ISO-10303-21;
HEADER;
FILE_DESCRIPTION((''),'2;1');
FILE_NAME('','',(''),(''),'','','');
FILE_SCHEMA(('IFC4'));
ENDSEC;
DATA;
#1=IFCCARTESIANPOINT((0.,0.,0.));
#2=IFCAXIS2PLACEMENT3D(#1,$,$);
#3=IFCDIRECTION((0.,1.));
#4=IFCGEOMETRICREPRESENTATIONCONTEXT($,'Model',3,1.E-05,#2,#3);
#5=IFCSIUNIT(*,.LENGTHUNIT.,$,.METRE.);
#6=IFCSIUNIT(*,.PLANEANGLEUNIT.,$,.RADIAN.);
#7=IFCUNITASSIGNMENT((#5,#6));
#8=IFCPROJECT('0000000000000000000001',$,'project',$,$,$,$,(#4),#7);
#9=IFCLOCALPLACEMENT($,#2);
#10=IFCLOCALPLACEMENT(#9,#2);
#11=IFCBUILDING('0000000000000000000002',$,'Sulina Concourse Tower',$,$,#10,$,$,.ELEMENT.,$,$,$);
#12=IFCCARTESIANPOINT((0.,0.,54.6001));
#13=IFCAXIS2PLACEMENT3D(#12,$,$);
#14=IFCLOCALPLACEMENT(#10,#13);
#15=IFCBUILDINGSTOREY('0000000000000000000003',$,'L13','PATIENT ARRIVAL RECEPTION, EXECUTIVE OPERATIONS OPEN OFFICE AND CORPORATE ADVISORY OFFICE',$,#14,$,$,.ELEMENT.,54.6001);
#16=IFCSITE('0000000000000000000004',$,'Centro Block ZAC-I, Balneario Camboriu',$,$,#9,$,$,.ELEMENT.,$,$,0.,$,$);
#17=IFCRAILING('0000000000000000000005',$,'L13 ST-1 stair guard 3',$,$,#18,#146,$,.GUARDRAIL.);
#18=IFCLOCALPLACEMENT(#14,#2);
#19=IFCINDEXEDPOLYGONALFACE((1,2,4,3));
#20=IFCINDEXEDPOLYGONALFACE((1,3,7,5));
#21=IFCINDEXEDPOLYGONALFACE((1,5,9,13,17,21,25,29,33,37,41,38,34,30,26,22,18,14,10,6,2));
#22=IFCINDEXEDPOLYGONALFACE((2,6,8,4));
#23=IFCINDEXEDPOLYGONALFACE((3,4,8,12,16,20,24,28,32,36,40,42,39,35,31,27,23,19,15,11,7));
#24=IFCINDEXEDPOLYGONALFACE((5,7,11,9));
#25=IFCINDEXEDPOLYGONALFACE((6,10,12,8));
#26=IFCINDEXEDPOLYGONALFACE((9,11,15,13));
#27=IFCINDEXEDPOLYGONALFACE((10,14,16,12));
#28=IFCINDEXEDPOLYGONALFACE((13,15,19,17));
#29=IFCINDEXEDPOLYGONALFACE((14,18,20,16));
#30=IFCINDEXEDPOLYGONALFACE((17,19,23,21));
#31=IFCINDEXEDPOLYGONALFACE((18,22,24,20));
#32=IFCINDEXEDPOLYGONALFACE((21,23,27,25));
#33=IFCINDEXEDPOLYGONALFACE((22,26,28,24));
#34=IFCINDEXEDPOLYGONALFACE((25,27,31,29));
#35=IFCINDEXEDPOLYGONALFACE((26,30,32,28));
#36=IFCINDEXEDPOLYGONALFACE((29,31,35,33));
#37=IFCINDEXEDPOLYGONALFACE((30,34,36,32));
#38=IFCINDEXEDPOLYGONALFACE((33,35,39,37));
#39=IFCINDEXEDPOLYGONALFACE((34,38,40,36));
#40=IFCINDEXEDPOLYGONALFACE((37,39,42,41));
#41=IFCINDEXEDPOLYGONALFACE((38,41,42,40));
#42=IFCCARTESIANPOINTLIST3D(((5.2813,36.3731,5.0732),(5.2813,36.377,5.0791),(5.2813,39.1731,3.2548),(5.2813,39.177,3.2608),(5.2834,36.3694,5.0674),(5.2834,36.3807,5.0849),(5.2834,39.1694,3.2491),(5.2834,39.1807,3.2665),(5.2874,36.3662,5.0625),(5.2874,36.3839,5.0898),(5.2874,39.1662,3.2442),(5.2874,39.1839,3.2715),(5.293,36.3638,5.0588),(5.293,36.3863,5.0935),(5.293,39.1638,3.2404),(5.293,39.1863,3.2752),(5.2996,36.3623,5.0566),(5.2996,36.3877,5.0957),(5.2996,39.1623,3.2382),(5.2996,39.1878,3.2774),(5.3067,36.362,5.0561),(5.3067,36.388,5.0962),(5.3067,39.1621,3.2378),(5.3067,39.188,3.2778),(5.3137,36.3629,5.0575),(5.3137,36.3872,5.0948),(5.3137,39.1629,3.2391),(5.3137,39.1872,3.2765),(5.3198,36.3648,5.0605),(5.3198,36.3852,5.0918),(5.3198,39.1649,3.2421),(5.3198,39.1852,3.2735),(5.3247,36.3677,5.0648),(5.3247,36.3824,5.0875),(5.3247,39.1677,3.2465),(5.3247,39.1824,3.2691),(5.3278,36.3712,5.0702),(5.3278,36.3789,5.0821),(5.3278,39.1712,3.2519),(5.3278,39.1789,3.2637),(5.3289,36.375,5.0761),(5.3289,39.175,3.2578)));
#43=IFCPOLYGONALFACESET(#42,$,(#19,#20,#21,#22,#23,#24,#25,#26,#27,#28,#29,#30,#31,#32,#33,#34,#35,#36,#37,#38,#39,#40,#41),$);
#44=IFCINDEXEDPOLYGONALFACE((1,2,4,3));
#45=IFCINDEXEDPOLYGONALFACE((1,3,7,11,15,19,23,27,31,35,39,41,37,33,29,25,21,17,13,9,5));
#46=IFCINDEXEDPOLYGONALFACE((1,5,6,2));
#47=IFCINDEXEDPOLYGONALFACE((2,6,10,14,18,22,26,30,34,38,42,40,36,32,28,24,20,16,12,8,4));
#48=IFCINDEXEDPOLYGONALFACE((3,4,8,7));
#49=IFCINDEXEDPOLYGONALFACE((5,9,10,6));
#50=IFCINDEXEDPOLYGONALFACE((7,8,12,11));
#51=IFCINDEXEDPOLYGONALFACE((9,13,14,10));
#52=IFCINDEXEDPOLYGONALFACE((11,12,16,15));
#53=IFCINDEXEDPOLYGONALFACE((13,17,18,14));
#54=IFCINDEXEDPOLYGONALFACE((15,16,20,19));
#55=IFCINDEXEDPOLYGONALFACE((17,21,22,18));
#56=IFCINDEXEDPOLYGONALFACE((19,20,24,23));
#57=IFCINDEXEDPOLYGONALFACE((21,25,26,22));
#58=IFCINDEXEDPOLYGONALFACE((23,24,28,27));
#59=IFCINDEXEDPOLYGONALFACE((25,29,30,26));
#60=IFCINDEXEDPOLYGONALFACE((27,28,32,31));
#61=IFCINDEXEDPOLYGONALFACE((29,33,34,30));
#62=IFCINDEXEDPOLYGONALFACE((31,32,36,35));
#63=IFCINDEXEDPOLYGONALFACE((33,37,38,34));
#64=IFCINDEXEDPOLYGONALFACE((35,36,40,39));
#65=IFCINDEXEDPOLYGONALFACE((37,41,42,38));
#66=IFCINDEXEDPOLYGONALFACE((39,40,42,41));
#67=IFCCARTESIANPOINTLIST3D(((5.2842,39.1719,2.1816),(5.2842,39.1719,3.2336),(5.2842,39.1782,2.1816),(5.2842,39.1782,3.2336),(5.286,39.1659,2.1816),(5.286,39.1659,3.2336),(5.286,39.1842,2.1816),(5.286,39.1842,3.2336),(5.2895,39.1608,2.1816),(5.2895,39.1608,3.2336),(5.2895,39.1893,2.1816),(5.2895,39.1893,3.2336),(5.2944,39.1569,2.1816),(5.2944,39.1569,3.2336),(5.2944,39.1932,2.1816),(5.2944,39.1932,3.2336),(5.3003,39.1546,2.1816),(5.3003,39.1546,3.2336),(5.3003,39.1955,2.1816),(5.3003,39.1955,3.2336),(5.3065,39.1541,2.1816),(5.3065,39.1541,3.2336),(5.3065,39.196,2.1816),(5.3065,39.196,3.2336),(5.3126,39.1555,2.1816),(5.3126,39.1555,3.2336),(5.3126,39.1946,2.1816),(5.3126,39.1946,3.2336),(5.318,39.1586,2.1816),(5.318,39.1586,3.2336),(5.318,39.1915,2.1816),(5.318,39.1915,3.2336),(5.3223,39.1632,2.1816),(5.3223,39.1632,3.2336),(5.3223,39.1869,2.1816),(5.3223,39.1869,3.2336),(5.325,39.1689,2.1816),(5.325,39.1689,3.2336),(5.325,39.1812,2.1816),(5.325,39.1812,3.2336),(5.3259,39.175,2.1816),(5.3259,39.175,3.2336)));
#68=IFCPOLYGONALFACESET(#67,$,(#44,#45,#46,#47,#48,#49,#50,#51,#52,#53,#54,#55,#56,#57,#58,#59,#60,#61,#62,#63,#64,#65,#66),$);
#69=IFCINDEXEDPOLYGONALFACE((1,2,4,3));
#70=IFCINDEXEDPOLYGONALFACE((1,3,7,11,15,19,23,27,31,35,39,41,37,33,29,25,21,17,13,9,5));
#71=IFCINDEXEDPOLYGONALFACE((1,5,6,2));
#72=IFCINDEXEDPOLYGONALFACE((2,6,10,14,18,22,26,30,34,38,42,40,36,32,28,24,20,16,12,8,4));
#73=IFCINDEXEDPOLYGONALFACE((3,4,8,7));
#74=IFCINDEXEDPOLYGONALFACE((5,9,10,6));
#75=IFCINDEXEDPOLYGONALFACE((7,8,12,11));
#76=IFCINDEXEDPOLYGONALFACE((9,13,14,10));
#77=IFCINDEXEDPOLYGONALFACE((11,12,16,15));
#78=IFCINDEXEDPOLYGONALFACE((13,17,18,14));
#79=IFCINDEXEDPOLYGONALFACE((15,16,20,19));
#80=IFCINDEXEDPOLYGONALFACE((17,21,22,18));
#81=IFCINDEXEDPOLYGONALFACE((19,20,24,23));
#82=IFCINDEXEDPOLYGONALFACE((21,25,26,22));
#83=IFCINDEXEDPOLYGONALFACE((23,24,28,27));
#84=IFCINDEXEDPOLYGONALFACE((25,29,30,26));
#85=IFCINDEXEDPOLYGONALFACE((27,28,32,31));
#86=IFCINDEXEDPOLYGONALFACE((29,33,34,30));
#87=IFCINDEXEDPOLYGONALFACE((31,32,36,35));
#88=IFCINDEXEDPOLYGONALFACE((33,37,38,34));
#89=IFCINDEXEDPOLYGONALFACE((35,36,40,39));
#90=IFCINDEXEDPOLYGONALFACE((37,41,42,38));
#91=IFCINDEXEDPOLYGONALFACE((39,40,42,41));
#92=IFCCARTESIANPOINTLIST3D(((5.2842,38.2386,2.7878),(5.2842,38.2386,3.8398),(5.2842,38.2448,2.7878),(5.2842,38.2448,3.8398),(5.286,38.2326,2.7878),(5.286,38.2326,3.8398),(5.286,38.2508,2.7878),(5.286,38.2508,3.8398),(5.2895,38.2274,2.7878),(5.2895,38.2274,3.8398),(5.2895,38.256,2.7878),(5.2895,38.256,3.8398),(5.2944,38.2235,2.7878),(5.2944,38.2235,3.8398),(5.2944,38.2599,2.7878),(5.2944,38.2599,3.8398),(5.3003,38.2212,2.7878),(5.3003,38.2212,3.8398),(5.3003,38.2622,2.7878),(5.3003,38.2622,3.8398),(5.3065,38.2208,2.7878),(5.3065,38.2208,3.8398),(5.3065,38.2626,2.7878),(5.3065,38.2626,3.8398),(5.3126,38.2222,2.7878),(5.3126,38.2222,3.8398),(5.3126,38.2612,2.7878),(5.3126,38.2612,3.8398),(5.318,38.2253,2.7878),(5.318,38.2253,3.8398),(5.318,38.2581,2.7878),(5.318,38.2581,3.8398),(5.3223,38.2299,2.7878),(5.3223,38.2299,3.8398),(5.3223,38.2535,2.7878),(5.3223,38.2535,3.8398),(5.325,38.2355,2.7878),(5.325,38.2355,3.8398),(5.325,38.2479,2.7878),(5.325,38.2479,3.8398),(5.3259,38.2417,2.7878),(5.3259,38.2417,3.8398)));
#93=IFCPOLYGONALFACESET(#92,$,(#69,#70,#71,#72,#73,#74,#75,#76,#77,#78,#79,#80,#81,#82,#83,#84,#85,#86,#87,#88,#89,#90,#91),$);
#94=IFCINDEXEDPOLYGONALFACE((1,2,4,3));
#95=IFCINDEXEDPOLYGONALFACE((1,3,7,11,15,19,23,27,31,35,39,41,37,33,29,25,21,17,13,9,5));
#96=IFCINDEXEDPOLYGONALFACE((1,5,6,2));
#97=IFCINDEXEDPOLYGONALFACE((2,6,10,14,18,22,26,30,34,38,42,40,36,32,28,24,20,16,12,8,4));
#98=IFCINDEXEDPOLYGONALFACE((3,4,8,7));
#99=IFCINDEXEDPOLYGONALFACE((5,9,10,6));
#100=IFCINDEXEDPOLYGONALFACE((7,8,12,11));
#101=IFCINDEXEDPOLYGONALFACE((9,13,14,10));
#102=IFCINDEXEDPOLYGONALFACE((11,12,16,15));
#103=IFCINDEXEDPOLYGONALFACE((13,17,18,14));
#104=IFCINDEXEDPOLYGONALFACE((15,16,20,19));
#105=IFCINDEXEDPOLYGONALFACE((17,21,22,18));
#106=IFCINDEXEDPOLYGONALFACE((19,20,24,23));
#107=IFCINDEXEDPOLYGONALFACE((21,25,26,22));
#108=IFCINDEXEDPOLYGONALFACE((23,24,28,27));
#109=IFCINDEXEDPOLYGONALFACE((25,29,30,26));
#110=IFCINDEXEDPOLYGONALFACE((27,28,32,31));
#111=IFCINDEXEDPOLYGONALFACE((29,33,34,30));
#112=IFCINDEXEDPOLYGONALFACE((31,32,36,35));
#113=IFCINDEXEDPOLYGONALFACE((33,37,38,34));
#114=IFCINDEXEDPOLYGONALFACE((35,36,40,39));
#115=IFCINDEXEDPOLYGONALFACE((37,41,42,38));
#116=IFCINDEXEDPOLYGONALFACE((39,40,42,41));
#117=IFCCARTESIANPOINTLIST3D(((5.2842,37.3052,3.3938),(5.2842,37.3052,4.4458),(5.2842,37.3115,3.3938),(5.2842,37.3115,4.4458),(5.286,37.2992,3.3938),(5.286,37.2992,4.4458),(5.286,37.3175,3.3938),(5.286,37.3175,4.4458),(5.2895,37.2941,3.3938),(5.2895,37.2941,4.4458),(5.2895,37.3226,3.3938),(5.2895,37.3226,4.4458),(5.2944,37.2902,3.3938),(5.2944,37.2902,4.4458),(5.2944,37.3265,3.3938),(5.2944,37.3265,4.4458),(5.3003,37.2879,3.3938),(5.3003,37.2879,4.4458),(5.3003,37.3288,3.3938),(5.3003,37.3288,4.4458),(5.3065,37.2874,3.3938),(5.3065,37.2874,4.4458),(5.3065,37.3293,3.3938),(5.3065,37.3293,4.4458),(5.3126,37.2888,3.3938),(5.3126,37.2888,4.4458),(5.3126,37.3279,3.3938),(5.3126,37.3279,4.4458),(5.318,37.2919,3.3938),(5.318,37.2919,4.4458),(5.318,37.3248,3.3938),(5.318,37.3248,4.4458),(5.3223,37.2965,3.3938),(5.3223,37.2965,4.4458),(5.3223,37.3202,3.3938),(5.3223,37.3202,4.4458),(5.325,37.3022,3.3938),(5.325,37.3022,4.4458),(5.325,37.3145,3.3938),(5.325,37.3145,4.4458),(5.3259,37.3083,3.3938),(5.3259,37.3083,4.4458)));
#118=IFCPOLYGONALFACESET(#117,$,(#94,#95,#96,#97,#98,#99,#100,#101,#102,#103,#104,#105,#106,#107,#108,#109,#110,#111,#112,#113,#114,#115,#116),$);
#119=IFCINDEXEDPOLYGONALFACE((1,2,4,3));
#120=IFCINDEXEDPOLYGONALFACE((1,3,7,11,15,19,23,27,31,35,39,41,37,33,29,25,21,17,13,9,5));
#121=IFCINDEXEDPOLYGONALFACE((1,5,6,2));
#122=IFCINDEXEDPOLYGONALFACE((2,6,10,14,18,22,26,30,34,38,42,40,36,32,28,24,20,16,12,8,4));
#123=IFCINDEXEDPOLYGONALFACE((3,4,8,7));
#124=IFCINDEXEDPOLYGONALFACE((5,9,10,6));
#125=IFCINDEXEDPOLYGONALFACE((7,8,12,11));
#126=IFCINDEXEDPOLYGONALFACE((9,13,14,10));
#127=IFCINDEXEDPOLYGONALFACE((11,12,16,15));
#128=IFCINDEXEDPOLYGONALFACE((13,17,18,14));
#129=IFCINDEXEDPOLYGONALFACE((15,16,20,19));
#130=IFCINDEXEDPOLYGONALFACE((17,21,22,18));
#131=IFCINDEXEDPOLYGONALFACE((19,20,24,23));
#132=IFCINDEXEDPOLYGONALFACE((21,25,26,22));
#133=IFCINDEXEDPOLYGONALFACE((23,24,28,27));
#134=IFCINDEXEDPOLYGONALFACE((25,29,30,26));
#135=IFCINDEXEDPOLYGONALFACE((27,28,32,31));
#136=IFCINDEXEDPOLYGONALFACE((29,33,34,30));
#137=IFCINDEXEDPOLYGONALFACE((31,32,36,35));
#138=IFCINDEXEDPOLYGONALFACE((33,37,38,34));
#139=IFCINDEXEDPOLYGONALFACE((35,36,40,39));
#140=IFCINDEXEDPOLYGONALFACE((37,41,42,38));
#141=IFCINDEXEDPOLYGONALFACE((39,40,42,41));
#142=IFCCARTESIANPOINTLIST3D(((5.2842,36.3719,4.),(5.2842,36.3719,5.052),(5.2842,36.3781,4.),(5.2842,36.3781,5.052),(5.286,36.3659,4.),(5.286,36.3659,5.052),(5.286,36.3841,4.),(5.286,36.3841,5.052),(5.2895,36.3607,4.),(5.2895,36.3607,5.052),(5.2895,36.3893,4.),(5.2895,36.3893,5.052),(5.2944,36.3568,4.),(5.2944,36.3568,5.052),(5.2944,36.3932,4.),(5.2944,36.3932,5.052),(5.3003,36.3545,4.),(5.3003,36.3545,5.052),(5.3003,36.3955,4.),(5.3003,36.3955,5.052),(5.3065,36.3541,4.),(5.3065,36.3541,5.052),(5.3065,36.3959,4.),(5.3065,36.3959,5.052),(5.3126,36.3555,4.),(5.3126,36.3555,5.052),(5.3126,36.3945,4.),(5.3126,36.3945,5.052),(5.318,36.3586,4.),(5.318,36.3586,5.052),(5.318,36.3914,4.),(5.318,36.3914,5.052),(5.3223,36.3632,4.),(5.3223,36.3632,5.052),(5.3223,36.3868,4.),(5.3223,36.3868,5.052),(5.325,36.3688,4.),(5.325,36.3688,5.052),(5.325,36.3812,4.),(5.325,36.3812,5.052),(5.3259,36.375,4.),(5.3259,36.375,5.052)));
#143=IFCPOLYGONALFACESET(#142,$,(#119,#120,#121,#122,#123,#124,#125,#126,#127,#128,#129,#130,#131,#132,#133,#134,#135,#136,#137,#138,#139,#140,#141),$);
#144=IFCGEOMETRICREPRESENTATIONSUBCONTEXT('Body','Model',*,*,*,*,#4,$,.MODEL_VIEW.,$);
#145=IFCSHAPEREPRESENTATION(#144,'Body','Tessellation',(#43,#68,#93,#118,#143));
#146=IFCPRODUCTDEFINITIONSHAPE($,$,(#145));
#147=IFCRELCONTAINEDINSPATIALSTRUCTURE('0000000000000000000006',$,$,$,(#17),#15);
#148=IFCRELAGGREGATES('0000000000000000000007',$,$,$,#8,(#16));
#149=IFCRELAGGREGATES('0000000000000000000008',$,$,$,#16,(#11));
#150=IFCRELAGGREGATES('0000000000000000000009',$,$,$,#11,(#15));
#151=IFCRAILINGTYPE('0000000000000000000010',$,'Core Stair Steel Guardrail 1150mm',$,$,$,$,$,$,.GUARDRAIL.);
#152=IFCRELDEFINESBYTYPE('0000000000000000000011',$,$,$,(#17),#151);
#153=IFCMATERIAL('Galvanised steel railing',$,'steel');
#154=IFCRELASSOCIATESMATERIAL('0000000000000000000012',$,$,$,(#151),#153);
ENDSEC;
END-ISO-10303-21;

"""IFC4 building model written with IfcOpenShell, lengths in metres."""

from ifc_helpers import new_model, si_unit, direction, frame, origin, origin_2d, place, context, subcontext, project, spatial, circle, extrude, material, type_object, element, save


model = new_model("IFC4")

# Units and contexts
model_context = context("Model", 3, precision=1e-05, world=origin(), true_north=direction((0.0, 1.0)))
body_context = subcontext(model_context, "Body", "Model", "MODEL_VIEW")
ifc_project = project(units=[si_unit("LENGTHUNIT", "METRE"), si_unit("PLANEANGLEUNIT", "RADIAN")], contexts=[model_context])

# Site, building, storey
site_placement = place(None, origin())
site = spatial("IfcSite", under=ifc_project, at=site_placement, Name="Centro Block ZAC-I, Balneario Camboriu", CompositionType="ELEMENT", RefElevation=0.0)
building_placement = place(site_placement, origin())
building = spatial("IfcBuilding", under=site, at=building_placement, Name="Sulina Concourse Tower", CompositionType="ELEMENT")
storey_placement = place(building_placement, frame((0.0, 0.0, 54.6001)))
storey = spatial("IfcBuildingStorey", under=building, at=storey_placement, Name="L13", Description="PATIENT ARRIVAL RECEPTION, EXECUTIVE OPERATIONS OPEN OFFICE AND CORPORATE ADVISORY OFFICE", CompositionType="ELEMENT", Elevation=54.6001)

# Railing
ifc_material_1 = material(Name="Galvanised steel railing", Category="steel")
railing_type_1 = type_object("IfcRailingType", Name="Core Stair Steel Guardrail 1150mm", PredefinedType="GUARDRAIL", material=ifc_material_1)
railing_1_placement = place(storey_placement, frame((5.3049, 39.175, 2.1816)))
element("IfcRailing", 1, at=railing_1_placement, inside=storey, type_object=railing_type_1, Name="L13 ST-1 stair guard 3", PredefinedType="GUARDRAIL", context=body_context, shape_type="SweptSolid", body=[
    extrude(circle(Radius=0.0239, at=origin_2d()), frame((0.0, 0.0, 1.0762), z_axis=(0.0, -0.838672, 0.544636), x_axis=(1.0, 0.0, 0.0)), (0.0, 0.0, 1.0), 3.3386),
    extrude(circle(Radius=0.021, at=origin_2d()), origin(), (0.0, 0.0, 1.0), 1.052),
    extrude(circle(Radius=0.021, at=origin_2d()), frame((0.0, -0.9333, 0.6062)), (0.0, 0.0, 1.0), 1.052),
    extrude(circle(Radius=0.021, at=origin_2d()), frame((0.0, -1.8667, 1.2122)), (0.0, 0.0, 1.0), 1.052),
    extrude(circle(Radius=0.021, at=origin_2d()), frame((0.0, -2.8, 1.8184)), (0.0, 0.0, 1.0), 1.052),
])

save(model, "model.ifc")
